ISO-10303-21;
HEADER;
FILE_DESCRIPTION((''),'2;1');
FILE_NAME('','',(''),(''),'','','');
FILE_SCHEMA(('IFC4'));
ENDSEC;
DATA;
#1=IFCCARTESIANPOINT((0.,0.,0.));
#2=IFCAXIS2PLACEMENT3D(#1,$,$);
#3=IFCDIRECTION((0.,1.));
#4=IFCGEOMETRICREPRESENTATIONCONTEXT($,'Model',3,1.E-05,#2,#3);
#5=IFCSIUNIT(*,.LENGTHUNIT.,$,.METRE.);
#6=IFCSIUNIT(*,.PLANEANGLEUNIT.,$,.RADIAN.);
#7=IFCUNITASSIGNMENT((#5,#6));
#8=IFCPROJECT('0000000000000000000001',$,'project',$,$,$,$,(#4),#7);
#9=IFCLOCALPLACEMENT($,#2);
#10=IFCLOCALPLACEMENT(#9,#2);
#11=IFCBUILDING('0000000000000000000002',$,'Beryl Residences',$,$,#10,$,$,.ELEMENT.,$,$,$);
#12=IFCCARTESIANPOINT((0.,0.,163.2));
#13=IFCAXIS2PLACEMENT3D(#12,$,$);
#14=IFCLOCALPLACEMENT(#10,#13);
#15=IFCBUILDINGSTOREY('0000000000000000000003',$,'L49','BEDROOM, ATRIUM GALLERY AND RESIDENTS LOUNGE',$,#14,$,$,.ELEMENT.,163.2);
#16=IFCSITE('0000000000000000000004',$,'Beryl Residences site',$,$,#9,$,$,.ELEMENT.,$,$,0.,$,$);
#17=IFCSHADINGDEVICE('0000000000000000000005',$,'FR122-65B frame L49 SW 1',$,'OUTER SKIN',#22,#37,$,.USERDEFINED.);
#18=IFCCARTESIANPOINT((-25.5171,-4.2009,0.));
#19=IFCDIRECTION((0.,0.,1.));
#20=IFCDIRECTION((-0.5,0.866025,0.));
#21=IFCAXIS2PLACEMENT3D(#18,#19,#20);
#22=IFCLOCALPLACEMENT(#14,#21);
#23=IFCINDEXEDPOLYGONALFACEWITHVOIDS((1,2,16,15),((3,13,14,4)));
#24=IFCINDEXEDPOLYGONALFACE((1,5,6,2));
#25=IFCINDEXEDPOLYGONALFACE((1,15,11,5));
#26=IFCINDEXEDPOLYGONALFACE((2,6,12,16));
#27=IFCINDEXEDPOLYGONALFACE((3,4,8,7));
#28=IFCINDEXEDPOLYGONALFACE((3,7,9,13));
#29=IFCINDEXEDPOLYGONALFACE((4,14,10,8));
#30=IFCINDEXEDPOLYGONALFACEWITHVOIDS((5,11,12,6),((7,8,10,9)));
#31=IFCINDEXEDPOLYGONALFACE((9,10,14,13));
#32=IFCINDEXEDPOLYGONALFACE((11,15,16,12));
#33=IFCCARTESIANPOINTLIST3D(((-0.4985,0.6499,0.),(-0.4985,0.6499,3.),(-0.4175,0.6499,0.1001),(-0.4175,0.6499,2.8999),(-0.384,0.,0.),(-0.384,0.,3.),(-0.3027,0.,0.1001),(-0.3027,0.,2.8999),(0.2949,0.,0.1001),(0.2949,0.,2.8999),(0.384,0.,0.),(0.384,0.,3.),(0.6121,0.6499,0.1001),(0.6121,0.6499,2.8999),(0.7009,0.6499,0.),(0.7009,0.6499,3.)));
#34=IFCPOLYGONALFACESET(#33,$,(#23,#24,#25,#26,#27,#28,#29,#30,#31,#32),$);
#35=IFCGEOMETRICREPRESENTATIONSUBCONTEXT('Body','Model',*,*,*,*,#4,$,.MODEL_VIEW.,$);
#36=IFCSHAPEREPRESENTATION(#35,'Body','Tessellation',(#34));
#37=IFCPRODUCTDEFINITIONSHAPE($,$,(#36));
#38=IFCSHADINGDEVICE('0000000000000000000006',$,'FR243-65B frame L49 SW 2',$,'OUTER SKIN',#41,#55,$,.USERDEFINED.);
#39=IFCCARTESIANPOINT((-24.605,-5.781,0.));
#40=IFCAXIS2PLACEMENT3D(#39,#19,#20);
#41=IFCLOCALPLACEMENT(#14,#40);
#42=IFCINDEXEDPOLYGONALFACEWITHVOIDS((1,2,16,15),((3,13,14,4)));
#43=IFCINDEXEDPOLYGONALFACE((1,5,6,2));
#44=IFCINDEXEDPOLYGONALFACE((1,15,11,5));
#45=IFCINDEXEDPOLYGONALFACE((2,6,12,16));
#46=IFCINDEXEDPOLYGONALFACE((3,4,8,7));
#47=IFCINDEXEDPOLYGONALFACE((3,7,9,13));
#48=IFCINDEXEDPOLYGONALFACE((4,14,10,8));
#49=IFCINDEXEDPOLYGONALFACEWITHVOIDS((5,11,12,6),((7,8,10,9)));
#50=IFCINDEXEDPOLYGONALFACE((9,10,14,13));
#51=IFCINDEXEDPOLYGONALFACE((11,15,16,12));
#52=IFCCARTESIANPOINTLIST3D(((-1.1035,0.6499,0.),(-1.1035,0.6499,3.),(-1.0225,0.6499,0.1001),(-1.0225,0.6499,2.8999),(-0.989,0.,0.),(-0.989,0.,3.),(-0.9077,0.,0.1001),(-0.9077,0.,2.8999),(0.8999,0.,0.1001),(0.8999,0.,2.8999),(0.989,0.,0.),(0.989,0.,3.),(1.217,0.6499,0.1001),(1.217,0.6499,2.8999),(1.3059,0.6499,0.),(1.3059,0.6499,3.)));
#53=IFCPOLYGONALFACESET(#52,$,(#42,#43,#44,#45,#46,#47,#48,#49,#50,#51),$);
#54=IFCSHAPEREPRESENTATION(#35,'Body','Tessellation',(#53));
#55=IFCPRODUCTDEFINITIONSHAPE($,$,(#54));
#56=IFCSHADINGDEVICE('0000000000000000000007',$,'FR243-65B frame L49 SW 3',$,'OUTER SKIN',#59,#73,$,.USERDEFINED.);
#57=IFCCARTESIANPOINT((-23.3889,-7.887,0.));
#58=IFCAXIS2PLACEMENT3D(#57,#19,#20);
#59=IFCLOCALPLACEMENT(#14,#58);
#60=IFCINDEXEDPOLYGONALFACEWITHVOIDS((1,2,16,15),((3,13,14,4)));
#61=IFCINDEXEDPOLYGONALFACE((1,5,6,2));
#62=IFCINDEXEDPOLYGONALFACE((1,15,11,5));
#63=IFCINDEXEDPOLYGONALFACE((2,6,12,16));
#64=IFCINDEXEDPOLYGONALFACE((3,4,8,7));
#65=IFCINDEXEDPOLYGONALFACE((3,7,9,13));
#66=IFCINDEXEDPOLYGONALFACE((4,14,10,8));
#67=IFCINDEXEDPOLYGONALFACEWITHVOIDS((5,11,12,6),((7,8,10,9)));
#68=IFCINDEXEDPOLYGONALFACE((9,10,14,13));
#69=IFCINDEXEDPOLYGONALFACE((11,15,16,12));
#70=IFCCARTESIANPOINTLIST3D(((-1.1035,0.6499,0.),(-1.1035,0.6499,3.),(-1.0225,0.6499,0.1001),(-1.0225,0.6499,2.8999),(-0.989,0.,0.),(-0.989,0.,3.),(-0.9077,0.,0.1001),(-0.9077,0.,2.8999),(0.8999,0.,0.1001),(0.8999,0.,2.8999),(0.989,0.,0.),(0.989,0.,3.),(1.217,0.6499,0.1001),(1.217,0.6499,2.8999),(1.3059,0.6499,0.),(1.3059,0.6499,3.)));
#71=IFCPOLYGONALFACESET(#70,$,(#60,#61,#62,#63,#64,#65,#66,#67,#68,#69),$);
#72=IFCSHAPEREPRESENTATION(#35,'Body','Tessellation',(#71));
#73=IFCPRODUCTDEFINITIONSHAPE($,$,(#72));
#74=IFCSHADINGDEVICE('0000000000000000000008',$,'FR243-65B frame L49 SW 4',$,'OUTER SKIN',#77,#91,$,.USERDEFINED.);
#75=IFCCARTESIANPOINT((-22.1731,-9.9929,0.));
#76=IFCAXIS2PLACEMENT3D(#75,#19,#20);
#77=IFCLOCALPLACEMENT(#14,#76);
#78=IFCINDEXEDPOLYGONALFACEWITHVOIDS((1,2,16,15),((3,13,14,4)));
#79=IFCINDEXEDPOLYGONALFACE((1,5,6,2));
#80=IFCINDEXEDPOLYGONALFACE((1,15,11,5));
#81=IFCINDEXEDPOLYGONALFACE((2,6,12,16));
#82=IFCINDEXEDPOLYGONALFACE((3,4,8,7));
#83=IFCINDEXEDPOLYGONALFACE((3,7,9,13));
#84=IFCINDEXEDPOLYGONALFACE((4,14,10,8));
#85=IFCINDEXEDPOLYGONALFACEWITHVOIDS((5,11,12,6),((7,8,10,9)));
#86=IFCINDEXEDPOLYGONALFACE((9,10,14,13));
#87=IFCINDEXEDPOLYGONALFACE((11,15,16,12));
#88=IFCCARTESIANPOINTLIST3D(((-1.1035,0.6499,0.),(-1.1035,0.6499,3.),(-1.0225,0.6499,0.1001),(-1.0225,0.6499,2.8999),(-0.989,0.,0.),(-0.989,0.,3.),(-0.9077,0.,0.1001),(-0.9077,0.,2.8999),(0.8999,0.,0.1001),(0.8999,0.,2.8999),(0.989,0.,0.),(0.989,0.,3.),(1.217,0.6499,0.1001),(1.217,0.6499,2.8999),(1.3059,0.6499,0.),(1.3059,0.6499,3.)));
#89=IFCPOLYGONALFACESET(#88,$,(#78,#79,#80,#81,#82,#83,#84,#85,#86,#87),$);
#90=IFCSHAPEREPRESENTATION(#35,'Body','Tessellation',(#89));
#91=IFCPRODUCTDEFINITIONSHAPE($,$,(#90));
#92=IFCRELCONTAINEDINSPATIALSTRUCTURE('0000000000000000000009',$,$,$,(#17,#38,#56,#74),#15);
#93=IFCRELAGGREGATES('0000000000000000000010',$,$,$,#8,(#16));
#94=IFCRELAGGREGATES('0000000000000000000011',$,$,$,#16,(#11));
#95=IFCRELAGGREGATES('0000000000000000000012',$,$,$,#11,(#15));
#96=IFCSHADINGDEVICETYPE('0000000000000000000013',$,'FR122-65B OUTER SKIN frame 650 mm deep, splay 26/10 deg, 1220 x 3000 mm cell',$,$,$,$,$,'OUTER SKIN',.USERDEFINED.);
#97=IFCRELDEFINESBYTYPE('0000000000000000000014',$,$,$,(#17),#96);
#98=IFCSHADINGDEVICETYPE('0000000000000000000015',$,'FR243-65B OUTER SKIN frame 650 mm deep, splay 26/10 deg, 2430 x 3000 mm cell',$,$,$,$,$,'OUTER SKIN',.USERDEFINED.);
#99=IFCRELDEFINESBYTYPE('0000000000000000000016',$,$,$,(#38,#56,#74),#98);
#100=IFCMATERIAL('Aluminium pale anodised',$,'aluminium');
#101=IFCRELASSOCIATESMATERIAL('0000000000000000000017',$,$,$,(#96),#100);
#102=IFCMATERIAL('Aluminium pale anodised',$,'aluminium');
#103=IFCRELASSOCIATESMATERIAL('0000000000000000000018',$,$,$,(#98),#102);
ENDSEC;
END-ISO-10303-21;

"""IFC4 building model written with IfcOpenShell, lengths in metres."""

from ifc_helpers import new_model, entity, si_unit, direction, frame, origin, place, context, subcontext, project, spatial, source, transform, mapped, material, type_object, type_shapes, element, save


model = new_model("IFC4")

# Units and contexts
model_context = context("Model", 3, precision=1e-05, world=origin(), true_north=direction((0.0, 1.0)))
body_context = subcontext(model_context, "Body", "Model", "MODEL_VIEW")
ifc_project = project(units=[si_unit("LENGTHUNIT", "METRE"), si_unit("PLANEANGLEUNIT", "RADIAN")], contexts=[model_context])

# Site, building, storey
site_placement = place(None, origin())
site = spatial("IfcSite", under=ifc_project, at=site_placement, Name="Beryl Residences site", CompositionType="ELEMENT", RefElevation=0.0)
building_placement = place(site_placement, origin())
building = spatial("IfcBuilding", under=site, at=building_placement, Name="Beryl Residences", CompositionType="ELEMENT")
storey_placement = place(building_placement, frame((0.0, 0.0, 163.2)))
storey = spatial("IfcBuildingStorey", under=building, at=storey_placement, Name="L49", Description="BEDROOM, ATRIUM GALLERY AND RESIDENTS LOUNGE", CompositionType="ELEMENT", Elevation=163.2)

# Shading devices
ifc_material_1 = material(Name="Aluminium pale anodised", Category="aluminium")
shading_device_type_1 = type_object("IfcShadingDeviceType", Name="FR122-65B OUTER SKIN frame 650 mm deep, splay 26/10 deg, 1220 x 3000 mm cell", ElementType="OUTER SKIN", PredefinedType="USERDEFINED", material=ifc_material_1)
cartesian_point_1 = entity("IfcCartesianPoint", [-0.384, 0.0])
cartesian_point_2 = entity("IfcCartesianPoint", [-0.2949, 0.1001])
cartesian_point_3 = entity("IfcCartesianPoint", [-0.7009, 0.0])
cartesian_point_4 = entity("IfcCartesianPoint", [-0.6121, 0.1001])
shared_shape_1 = source(origin(), body_context, "Body", "SweptSolid", [
    entity("IfcExtrudedAreaSolidTapered", entity("IfcArbitraryProfileDefWithVoids", "AREA", None, entity("IfcPolyline", [cartesian_point_1, entity("IfcCartesianPoint", [0.384, 0.0]), entity("IfcCartesianPoint", [0.384, 3.0]), entity("IfcCartesianPoint", [-0.384, 3.0]), cartesian_point_1]), [entity("IfcPolyline", [cartesian_point_2, entity("IfcCartesianPoint", [0.3027, 0.1001]), entity("IfcCartesianPoint", [0.3027, 2.8999]), entity("IfcCartesianPoint", [-0.2949, 2.8999]), cartesian_point_2])]), entity("IfcAxis2Placement3D", entity("IfcCartesianPoint", [0.0, 0.0, 0.0]), entity("IfcDirection", [0.0, 1.0, 0.0]), entity("IfcDirection", [-1.0, 0.0, 0.0])), entity("IfcDirection", [0.0, 0.0, 1.0]), 0.6499, entity("IfcArbitraryProfileDefWithVoids", "AREA", None, entity("IfcPolyline", [cartesian_point_3, entity("IfcCartesianPoint", [0.4985, 0.0]), entity("IfcCartesianPoint", [0.4985, 3.0]), entity("IfcCartesianPoint", [-0.7009, 3.0]), cartesian_point_3]), [entity("IfcPolyline", [cartesian_point_4, entity("IfcCartesianPoint", [0.4175, 0.1001]), entity("IfcCartesianPoint", [0.4175, 2.8999]), entity("IfcCartesianPoint", [-0.6121, 2.8999]), cartesian_point_4])])),
])
type_shapes(shading_device_type_1, [shared_shape_1])
shading_device_placement = place(storey_placement, frame((-25.5171, -4.2009, 0.0), z_axis=(0.0, 0.0, 1.0), x_axis=(-0.5, 0.866025, 0.0)))
element("IfcShadingDevice", 1, at=shading_device_placement, inside=storey, type_object=shading_device_type_1, Name="FR122-65B frame L49 SW 1", ObjectType="OUTER SKIN", PredefinedType="USERDEFINED", context=body_context, shape_type="MappedRepresentation", body=[
    mapped(shared_shape_1, transform((0.0, 0.0, 0.0))),
])
ifc_material_2 = material(Name="Aluminium pale anodised", Category="aluminium")
shading_device_type_2 = type_object("IfcShadingDeviceType", Name="FR243-65B OUTER SKIN frame 650 mm deep, splay 26/10 deg, 2430 x 3000 mm cell", ElementType="OUTER SKIN", PredefinedType="USERDEFINED", material=ifc_material_2)
cartesian_point_5 = entity("IfcCartesianPoint", [-0.989, 0.0])
cartesian_point_6 = entity("IfcCartesianPoint", [-0.8999, 0.1001])
cartesian_point_7 = entity("IfcCartesianPoint", [-1.3059, 0.0])
cartesian_point_8 = entity("IfcCartesianPoint", [-1.217, 0.1001])
shared_shape_2 = source(origin(), body_context, "Body", "SweptSolid", [
    entity("IfcExtrudedAreaSolidTapered", entity("IfcArbitraryProfileDefWithVoids", "AREA", None, entity("IfcPolyline", [cartesian_point_5, entity("IfcCartesianPoint", [0.989, 0.0]), entity("IfcCartesianPoint", [0.989, 3.0]), entity("IfcCartesianPoint", [-0.989, 3.0]), cartesian_point_5]), [entity("IfcPolyline", [cartesian_point_6, entity("IfcCartesianPoint", [0.9077, 0.1001]), entity("IfcCartesianPoint", [0.9077, 2.8999]), entity("IfcCartesianPoint", [-0.8999, 2.8999]), cartesian_point_6])]), entity("IfcAxis2Placement3D", entity("IfcCartesianPoint", [0.0, 0.0, 0.0]), entity("IfcDirection", [0.0, 1.0, 0.0]), entity("IfcDirection", [-1.0, 0.0, 0.0])), entity("IfcDirection", [0.0, 0.0, 1.0]), 0.6499, entity("IfcArbitraryProfileDefWithVoids", "AREA", None, entity("IfcPolyline", [cartesian_point_7, entity("IfcCartesianPoint", [1.1035, 0.0]), entity("IfcCartesianPoint", [1.1035, 3.0]), entity("IfcCartesianPoint", [-1.3059, 3.0]), cartesian_point_7]), [entity("IfcPolyline", [cartesian_point_8, entity("IfcCartesianPoint", [1.0225, 0.1001]), entity("IfcCartesianPoint", [1.0225, 2.8999]), entity("IfcCartesianPoint", [-1.217, 2.8999]), cartesian_point_8])])),
])
type_shapes(shading_device_type_2, [shared_shape_2])
for number, where, z_axis, x_axis, name in (
    (2, (-24.605, -5.781, 0.0), (0.0, 0.0, 1.0), (-0.5, 0.866025, 0.0), "FR243-65B frame L49 SW 2"),
    (3, (-23.3889, -7.887, 0.0), (0.0, 0.0, 1.0), (-0.5, 0.866025, 0.0), "FR243-65B frame L49 SW 3"),
    (4, (-22.1731, -9.9929, 0.0), (0.0, 0.0, 1.0), (-0.5, 0.866025, 0.0), "FR243-65B frame L49 SW 4"),
):
    element("IfcShadingDevice", number, at=place(storey_placement, frame(where, z_axis=z_axis, x_axis=x_axis)), inside=storey, type_object=shading_device_type_2, Name=name, ObjectType="OUTER SKIN", PredefinedType="USERDEFINED", context=body_context, shape_type="MappedRepresentation", body=[
        mapped(shared_shape_2, transform((0.0, 0.0, 0.0))),
    ])

save(model, "model.ifc")
